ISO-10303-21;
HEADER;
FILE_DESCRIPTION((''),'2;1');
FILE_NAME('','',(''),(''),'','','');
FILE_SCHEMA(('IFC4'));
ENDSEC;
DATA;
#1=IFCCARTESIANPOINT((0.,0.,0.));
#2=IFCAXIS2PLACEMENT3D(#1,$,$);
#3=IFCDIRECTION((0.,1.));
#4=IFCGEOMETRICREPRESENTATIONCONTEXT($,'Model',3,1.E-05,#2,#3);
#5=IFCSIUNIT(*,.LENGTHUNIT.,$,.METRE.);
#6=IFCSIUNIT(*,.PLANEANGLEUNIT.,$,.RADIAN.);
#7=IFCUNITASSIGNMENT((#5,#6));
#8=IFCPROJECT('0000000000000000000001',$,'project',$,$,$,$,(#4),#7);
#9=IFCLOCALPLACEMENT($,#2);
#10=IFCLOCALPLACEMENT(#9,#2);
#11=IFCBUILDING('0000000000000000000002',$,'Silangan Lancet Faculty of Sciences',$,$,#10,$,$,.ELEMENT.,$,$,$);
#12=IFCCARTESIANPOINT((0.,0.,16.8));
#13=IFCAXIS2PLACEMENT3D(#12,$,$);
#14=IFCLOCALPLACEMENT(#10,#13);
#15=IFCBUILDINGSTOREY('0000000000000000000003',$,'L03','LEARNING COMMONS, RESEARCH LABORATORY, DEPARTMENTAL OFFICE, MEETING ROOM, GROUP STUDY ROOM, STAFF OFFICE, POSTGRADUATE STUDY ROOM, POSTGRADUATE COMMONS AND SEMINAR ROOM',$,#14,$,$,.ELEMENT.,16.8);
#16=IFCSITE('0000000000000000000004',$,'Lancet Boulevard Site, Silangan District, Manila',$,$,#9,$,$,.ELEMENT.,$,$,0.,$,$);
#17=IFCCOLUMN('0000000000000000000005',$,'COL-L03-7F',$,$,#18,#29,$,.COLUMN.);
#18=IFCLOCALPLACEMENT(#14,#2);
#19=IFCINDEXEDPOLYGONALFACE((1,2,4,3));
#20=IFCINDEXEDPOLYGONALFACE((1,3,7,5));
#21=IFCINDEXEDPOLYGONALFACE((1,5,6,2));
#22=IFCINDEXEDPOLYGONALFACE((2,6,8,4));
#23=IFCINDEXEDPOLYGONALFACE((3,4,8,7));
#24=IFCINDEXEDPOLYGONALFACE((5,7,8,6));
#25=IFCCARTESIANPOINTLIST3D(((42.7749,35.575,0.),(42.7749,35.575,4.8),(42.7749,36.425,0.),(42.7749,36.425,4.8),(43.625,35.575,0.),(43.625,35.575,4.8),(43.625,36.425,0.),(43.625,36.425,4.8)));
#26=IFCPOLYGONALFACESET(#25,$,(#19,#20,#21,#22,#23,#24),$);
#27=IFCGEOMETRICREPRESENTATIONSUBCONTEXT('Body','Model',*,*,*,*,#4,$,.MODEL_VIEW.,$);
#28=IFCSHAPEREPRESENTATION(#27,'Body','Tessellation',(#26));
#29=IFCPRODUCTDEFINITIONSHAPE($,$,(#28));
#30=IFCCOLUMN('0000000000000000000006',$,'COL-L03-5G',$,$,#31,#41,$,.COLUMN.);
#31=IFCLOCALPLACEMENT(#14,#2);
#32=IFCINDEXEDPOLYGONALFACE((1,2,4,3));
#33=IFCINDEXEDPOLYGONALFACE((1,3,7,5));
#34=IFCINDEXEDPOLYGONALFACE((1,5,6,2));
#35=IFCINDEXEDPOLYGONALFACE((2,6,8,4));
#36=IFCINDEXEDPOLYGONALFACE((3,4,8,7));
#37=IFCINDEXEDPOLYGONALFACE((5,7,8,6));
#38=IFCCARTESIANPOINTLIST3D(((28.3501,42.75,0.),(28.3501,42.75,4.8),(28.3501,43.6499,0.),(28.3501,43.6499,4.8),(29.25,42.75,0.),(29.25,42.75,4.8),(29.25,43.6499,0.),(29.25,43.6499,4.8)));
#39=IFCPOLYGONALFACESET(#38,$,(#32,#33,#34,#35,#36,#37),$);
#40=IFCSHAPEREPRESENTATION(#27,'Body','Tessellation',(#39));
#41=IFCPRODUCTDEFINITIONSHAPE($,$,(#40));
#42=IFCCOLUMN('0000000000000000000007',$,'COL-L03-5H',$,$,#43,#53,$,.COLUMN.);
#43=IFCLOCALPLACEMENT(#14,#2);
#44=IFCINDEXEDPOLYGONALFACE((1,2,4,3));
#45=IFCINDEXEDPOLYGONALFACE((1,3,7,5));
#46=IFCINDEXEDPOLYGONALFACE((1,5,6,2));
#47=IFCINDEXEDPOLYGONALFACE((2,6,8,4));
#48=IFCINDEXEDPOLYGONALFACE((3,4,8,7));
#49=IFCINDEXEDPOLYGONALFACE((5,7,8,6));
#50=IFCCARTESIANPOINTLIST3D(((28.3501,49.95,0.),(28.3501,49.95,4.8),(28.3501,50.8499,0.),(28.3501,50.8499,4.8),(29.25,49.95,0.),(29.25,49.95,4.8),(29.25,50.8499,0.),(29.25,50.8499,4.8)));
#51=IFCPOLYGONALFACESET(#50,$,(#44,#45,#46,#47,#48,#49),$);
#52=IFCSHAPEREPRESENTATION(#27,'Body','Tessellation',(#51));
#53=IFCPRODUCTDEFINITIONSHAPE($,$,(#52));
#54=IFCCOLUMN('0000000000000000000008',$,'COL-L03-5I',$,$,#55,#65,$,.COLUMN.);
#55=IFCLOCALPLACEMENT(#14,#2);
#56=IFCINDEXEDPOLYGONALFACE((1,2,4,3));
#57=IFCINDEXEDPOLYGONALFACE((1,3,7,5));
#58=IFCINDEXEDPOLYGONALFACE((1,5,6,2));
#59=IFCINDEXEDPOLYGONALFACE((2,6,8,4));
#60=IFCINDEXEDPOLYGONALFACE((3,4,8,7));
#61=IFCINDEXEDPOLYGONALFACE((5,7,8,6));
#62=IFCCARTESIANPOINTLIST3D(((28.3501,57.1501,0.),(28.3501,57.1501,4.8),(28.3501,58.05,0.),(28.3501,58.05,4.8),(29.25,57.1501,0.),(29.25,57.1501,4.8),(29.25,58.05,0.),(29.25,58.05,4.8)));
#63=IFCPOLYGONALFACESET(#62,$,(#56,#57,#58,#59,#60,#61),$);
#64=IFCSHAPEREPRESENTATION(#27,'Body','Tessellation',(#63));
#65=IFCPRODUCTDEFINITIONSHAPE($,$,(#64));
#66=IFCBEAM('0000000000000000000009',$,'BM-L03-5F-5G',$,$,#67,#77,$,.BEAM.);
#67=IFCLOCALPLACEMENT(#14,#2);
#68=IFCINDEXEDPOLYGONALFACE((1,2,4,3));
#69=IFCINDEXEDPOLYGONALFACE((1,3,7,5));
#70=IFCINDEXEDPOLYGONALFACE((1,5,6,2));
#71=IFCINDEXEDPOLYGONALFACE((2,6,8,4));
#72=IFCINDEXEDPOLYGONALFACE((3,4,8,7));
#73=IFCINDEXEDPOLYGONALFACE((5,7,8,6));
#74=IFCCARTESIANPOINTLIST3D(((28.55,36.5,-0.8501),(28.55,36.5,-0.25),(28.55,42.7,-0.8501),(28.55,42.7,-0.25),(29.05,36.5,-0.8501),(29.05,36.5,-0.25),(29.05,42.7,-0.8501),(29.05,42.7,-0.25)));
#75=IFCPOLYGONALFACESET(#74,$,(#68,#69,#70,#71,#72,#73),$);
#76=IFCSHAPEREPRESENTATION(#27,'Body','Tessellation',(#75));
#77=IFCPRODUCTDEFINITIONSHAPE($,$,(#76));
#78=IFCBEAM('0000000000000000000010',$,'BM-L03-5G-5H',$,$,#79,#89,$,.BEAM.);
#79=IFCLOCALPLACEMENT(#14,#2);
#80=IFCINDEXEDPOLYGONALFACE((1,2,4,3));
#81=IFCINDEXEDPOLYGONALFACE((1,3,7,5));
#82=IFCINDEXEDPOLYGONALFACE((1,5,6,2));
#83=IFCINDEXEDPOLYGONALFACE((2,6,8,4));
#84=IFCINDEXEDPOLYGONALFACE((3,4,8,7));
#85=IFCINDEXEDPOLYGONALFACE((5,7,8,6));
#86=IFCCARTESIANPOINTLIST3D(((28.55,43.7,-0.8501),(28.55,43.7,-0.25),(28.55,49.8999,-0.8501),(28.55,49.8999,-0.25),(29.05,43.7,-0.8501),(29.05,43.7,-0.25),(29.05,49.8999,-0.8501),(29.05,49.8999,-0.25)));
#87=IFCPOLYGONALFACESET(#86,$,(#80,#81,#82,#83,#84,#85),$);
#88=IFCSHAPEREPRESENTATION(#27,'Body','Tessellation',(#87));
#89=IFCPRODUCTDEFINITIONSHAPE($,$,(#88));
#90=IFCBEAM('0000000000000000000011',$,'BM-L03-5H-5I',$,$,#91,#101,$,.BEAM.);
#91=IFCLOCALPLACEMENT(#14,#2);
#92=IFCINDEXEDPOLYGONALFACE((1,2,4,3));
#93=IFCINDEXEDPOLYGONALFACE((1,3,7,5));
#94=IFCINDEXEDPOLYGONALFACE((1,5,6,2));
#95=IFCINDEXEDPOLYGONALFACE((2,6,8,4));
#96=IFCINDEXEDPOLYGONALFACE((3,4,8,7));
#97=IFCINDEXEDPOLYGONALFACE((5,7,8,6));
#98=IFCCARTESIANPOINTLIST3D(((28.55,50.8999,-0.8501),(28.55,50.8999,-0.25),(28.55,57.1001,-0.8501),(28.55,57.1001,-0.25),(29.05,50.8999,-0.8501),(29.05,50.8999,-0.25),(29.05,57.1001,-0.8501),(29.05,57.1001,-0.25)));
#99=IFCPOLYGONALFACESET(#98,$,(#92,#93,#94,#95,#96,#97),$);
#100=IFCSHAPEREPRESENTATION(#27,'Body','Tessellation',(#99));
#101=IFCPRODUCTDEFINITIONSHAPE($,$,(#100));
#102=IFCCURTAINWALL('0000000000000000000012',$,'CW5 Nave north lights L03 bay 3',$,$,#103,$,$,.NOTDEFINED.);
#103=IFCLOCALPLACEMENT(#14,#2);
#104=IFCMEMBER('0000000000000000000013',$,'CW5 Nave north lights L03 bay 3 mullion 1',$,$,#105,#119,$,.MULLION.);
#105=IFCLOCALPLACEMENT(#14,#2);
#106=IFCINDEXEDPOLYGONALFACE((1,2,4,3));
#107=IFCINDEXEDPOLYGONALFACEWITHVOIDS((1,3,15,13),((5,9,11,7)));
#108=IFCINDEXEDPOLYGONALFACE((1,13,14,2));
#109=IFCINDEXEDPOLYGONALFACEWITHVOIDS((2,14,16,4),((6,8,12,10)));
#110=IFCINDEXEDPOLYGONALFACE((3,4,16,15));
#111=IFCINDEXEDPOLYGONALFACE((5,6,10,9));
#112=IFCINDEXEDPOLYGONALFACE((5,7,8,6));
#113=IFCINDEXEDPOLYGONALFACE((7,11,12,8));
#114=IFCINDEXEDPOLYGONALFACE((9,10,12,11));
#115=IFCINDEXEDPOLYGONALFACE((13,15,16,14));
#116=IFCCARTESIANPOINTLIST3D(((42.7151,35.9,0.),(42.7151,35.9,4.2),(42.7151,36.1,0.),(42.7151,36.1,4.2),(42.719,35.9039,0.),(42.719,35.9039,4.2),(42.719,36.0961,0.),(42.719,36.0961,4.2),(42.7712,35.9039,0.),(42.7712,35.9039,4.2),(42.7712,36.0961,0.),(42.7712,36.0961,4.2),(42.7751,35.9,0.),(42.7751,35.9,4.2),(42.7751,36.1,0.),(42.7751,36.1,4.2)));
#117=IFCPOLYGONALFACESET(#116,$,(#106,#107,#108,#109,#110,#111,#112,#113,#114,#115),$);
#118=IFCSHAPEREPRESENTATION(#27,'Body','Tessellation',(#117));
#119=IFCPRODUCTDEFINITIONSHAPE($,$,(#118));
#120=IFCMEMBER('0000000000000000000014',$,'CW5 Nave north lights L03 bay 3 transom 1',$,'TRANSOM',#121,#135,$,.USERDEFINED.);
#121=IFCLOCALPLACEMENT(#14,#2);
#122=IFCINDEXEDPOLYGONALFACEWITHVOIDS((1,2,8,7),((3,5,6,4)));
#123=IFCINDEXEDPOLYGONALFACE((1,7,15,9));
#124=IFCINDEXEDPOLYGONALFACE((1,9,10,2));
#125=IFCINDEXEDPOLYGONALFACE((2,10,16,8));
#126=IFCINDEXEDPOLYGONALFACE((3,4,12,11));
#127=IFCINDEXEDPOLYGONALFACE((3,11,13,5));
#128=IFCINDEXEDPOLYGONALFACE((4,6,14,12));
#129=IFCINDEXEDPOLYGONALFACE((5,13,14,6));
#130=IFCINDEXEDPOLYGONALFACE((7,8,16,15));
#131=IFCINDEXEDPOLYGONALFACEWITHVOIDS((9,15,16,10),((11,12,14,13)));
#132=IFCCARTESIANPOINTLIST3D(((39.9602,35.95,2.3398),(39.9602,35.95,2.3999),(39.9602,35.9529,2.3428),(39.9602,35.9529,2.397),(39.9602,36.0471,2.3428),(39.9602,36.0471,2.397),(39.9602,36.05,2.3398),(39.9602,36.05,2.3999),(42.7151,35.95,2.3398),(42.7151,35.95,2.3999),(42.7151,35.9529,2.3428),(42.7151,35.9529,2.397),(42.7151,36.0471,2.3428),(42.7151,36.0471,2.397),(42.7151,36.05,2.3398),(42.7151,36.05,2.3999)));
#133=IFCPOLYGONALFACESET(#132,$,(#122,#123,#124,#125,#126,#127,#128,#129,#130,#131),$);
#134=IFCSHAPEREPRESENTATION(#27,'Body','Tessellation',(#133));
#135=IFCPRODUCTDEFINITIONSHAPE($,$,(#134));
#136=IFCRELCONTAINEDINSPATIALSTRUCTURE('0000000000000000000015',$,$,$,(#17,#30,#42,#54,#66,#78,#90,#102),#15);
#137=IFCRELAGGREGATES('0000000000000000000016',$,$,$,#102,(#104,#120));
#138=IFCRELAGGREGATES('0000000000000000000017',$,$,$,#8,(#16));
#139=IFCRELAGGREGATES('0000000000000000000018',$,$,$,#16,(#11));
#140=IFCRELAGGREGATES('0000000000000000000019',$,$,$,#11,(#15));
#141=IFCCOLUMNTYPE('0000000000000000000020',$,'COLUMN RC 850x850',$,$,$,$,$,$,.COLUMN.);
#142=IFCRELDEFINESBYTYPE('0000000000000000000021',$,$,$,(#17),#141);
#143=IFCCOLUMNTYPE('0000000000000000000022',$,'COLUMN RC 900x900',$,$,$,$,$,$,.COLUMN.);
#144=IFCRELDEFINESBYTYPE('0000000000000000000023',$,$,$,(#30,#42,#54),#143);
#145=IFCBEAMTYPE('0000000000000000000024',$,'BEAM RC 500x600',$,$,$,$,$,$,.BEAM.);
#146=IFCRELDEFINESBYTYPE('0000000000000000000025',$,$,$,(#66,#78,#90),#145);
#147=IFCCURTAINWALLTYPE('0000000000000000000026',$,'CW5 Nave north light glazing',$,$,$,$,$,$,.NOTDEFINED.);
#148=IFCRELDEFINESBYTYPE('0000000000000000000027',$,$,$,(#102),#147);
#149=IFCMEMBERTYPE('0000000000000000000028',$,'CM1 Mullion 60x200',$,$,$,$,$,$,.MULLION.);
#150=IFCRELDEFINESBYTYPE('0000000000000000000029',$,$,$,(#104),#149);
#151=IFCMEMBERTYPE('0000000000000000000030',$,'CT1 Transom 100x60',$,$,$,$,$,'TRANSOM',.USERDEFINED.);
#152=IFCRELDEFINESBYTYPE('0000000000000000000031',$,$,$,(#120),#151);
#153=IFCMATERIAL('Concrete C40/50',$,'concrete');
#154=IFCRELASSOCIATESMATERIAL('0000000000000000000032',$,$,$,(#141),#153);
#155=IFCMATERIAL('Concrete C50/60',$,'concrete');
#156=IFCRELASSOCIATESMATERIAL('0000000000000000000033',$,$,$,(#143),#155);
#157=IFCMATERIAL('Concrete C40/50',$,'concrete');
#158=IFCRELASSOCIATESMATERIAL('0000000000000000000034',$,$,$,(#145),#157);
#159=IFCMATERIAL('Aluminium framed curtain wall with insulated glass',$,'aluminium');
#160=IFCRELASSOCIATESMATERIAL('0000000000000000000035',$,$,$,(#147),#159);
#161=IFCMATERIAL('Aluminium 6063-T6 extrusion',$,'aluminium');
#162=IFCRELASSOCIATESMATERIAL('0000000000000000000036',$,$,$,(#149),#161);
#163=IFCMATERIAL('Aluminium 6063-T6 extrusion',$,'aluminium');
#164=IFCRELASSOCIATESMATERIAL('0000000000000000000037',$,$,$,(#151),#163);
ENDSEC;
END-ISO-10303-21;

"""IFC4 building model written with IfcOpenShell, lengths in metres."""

from ifc_helpers import new_model, si_unit, direction, frame, origin, origin_2d, place, context, subcontext, project, spatial, rectangle, hollow_rectangle, extrude, material, material_profile, profile_set, type_object, element, aggregate, save


model = new_model("IFC4")

# Units and contexts
model_context = context("Model", 3, precision=1e-05, world=origin(), true_north=direction((0.0, 1.0)))
body_context = subcontext(model_context, "Body", "Model", "MODEL_VIEW")
ifc_project = project(units=[si_unit("LENGTHUNIT", "METRE"), si_unit("PLANEANGLEUNIT", "RADIAN")], contexts=[model_context])

# Site, building, storey
site_placement = place(None, origin())
site = spatial("IfcSite", under=ifc_project, at=site_placement, Name="Lancet Boulevard Site, Silangan District, Manila", CompositionType="ELEMENT", RefElevation=0.0)
building_placement = place(site_placement, origin())
building = spatial("IfcBuilding", under=site, at=building_placement, Name="Silangan Lancet Faculty of Sciences", CompositionType="ELEMENT")
storey_placement = place(building_placement, frame((0.0, 0.0, 16.8)))
storey = spatial("IfcBuildingStorey", under=building, at=storey_placement, Name="L03", Description="LEARNING COMMONS, RESEARCH LABORATORY, DEPARTMENTAL OFFICE, MEETING ROOM, GROUP STUDY ROOM, STAFF OFFICE, POSTGRADUATE STUDY ROOM, POSTGRADUATE COMMONS AND SEMINAR ROOM", CompositionType="ELEMENT", Elevation=16.8)

# Columns
ifc_material_1 = material(Name="Concrete C40/50", Category="concrete")
ifc_material_profile_1 = material_profile(ifc_material_1, rectangle(XDim=0.8501, YDim=0.8501, at=origin_2d()), Name="RC 850x850")
ifc_profile_set_1 = profile_set([ifc_material_profile_1], Name="Concrete C40/50")
column_type_1 = type_object("IfcColumnType", Name="COLUMN RC 850x850", PredefinedType="COLUMN", material=ifc_profile_set_1)
column_placement = place(storey_placement, frame((43.2, 36.0, 0.0), z_axis=(0.0, 0.0, 1.0), x_axis=(1.0, 0.0, 0.0)))
element("IfcColumn", 1, at=column_placement, inside=storey, type_object=column_type_1, Name="COL-L03-7F", PredefinedType="COLUMN", context=body_context, shape_type="SweptSolid", body=[
    extrude(rectangle(XDim=0.8501, YDim=0.8501, at=origin_2d()), origin(), (0.0, 0.0, 1.0), 4.8),
])
ifc_material_2 = material(Name="Concrete C50/60", Category="concrete")
ifc_material_profile_2 = material_profile(ifc_material_2, rectangle(XDim=0.8999, YDim=0.8999, at=origin_2d()), Name="RC 900x900")
ifc_profile_set_2 = profile_set([ifc_material_profile_2], Name="Concrete C50/60")
column_type_2 = type_object("IfcColumnType", Name="COLUMN RC 900x900", PredefinedType="COLUMN", material=ifc_profile_set_2)
for number, where, z_axis, x_axis, name in (
    (2, (28.8, 43.2, 0.0), (0.0, 0.0, 1.0), (1.0, 0.0, 0.0), "COL-L03-5G"),
    (3, (28.8, 50.3999, 0.0), (0.0, 0.0, 1.0), (1.0, 0.0, 0.0), "COL-L03-5H"),
    (4, (28.8, 57.6001, 0.0), (0.0, 0.0, 1.0), (1.0, 0.0, 0.0), "COL-L03-5I"),
):
    element("IfcColumn", number, at=place(storey_placement, frame(where, z_axis=z_axis, x_axis=x_axis)), inside=storey, type_object=column_type_2, Name=name, PredefinedType="COLUMN", context=body_context, shape_type="SweptSolid", body=[
        extrude(rectangle(XDim=0.8999, YDim=0.8999, at=origin_2d()), origin(), (0.0, 0.0, 1.0), 4.8),
    ])

# Beams
ifc_material_3 = material(Name="Concrete C40/50", Category="concrete")
ifc_material_profile_3 = material_profile(ifc_material_3, rectangle(XDim=0.5, YDim=0.6001, at=origin_2d()), Name="RC 500x600")
ifc_profile_set_3 = profile_set([ifc_material_profile_3], Name="Concrete C40/50")
beam_type = type_object("IfcBeamType", Name="BEAM RC 500x600", PredefinedType="BEAM", material=ifc_profile_set_3)
for number, where, z_axis, x_axis, name in (
    (5, (28.8, 36.5, -0.55), (0.0, 1.0, 0.0), (-1.0, 0.0, 0.0), "BM-L03-5F-5G"),
    (6, (28.8, 43.7, -0.55), (0.0, 1.0, 0.0), (-1.0, 0.0, 0.0), "BM-L03-5G-5H"),
):
    element("IfcBeam", number, at=place(storey_placement, frame(where, z_axis=z_axis, x_axis=x_axis)), inside=storey, type_object=beam_type, Name=name, PredefinedType="BEAM", context=body_context, shape_type="SweptSolid", body=[
        extrude(rectangle(XDim=0.5, YDim=0.6001, at=origin_2d()), origin(), (0.0, 0.0, 1.0), 6.2),
    ])
beam_placement = place(storey_placement, frame((28.8, 50.8999, -0.55), z_axis=(0.0, 1.0, 0.0), x_axis=(-1.0, 0.0, 0.0)))
element("IfcBeam", 7, at=beam_placement, inside=storey, type_object=beam_type, Name="BM-L03-5H-5I", PredefinedType="BEAM", context=body_context, shape_type="SweptSolid", body=[
    extrude(rectangle(XDim=0.5, YDim=0.6001, at=origin_2d()), origin(), (0.0, 0.0, 1.0), 6.2002),
])

# Curtain wall, members
ifc_material_4 = material(Name="Aluminium framed curtain wall with insulated glass", Category="aluminium")
curtain_wall_type = type_object("IfcCurtainWallType", Name="CW5 Nave north light glazing", PredefinedType="NOTDEFINED", material=ifc_material_4)
curtain_wall_placement = place(storey_placement, origin())
curtain_wall = element("IfcCurtainWall", 8, at=curtain_wall_placement, inside=storey, type_object=curtain_wall_type, Name="CW5 Nave north lights L03 bay 3", PredefinedType="NOTDEFINED")
ifc_material_5 = material(Name="Aluminium 6063-T6 extrusion", Category="aluminium")
ifc_material_profile_4 = material_profile(ifc_material_5, hollow_rectangle(XDim=0.0601, YDim=0.2, WallThickness=0.0039, at=origin_2d()), Name="AL BOX 60x200x4")
ifc_profile_set_4 = profile_set([ifc_material_profile_4], Name="Aluminium 6063-T6 extrusion")
member_type_1 = type_object("IfcMemberType", Name="CM1 Mullion 60x200", PredefinedType="MULLION", material=ifc_profile_set_4)
member_1_placement = place(storey_placement, frame((42.7451, 36.0, 0.0), z_axis=(0.0, 0.0, 1.0), x_axis=(-1.0, 0.0, 0.0)))
member_1 = element("IfcMember", 9, at=member_1_placement, type_object=member_type_1, Name="CW5 Nave north lights L03 bay 3 mullion 1", PredefinedType="MULLION", context=body_context, shape_type="SweptSolid", body=[
    extrude(hollow_rectangle(XDim=0.0601, YDim=0.2, WallThickness=0.0039, at=origin_2d()), origin(), (0.0, 0.0, 1.0), 4.2),
])
ifc_material_6 = material(Name="Aluminium 6063-T6 extrusion", Category="aluminium")
ifc_material_profile_5 = material_profile(ifc_material_6, hollow_rectangle(XDim=0.1001, YDim=0.0601, WallThickness=0.0029, at=origin_2d()), Name="AL BOX 100x60x3")
ifc_profile_set_5 = profile_set([ifc_material_profile_5], Name="Aluminium 6063-T6 extrusion")
member_type_2 = type_object("IfcMemberType", Name="CT1 Transom 100x60", ElementType="TRANSOM", PredefinedType="USERDEFINED", material=ifc_profile_set_5)
member_2_placement = place(storey_placement, frame((42.7151, 36.0, 2.3699), z_axis=(-1.0, 0.0, 0.0), x_axis=(0.0, -1.0, 0.0)))
member_2 = element("IfcMember", 10, at=member_2_placement, type_object=member_type_2, Name="CW5 Nave north lights L03 bay 3 transom 1", ObjectType="TRANSOM", PredefinedType="USERDEFINED", context=body_context, shape_type="SweptSolid", body=[
    extrude(hollow_rectangle(XDim=0.1001, YDim=0.0601, WallThickness=0.0029, at=origin_2d()), origin(), (0.0, 0.0, 1.0), 2.7549),
])
aggregate(curtain_wall, [member_1, member_2])

save(model, "model.ifc")
